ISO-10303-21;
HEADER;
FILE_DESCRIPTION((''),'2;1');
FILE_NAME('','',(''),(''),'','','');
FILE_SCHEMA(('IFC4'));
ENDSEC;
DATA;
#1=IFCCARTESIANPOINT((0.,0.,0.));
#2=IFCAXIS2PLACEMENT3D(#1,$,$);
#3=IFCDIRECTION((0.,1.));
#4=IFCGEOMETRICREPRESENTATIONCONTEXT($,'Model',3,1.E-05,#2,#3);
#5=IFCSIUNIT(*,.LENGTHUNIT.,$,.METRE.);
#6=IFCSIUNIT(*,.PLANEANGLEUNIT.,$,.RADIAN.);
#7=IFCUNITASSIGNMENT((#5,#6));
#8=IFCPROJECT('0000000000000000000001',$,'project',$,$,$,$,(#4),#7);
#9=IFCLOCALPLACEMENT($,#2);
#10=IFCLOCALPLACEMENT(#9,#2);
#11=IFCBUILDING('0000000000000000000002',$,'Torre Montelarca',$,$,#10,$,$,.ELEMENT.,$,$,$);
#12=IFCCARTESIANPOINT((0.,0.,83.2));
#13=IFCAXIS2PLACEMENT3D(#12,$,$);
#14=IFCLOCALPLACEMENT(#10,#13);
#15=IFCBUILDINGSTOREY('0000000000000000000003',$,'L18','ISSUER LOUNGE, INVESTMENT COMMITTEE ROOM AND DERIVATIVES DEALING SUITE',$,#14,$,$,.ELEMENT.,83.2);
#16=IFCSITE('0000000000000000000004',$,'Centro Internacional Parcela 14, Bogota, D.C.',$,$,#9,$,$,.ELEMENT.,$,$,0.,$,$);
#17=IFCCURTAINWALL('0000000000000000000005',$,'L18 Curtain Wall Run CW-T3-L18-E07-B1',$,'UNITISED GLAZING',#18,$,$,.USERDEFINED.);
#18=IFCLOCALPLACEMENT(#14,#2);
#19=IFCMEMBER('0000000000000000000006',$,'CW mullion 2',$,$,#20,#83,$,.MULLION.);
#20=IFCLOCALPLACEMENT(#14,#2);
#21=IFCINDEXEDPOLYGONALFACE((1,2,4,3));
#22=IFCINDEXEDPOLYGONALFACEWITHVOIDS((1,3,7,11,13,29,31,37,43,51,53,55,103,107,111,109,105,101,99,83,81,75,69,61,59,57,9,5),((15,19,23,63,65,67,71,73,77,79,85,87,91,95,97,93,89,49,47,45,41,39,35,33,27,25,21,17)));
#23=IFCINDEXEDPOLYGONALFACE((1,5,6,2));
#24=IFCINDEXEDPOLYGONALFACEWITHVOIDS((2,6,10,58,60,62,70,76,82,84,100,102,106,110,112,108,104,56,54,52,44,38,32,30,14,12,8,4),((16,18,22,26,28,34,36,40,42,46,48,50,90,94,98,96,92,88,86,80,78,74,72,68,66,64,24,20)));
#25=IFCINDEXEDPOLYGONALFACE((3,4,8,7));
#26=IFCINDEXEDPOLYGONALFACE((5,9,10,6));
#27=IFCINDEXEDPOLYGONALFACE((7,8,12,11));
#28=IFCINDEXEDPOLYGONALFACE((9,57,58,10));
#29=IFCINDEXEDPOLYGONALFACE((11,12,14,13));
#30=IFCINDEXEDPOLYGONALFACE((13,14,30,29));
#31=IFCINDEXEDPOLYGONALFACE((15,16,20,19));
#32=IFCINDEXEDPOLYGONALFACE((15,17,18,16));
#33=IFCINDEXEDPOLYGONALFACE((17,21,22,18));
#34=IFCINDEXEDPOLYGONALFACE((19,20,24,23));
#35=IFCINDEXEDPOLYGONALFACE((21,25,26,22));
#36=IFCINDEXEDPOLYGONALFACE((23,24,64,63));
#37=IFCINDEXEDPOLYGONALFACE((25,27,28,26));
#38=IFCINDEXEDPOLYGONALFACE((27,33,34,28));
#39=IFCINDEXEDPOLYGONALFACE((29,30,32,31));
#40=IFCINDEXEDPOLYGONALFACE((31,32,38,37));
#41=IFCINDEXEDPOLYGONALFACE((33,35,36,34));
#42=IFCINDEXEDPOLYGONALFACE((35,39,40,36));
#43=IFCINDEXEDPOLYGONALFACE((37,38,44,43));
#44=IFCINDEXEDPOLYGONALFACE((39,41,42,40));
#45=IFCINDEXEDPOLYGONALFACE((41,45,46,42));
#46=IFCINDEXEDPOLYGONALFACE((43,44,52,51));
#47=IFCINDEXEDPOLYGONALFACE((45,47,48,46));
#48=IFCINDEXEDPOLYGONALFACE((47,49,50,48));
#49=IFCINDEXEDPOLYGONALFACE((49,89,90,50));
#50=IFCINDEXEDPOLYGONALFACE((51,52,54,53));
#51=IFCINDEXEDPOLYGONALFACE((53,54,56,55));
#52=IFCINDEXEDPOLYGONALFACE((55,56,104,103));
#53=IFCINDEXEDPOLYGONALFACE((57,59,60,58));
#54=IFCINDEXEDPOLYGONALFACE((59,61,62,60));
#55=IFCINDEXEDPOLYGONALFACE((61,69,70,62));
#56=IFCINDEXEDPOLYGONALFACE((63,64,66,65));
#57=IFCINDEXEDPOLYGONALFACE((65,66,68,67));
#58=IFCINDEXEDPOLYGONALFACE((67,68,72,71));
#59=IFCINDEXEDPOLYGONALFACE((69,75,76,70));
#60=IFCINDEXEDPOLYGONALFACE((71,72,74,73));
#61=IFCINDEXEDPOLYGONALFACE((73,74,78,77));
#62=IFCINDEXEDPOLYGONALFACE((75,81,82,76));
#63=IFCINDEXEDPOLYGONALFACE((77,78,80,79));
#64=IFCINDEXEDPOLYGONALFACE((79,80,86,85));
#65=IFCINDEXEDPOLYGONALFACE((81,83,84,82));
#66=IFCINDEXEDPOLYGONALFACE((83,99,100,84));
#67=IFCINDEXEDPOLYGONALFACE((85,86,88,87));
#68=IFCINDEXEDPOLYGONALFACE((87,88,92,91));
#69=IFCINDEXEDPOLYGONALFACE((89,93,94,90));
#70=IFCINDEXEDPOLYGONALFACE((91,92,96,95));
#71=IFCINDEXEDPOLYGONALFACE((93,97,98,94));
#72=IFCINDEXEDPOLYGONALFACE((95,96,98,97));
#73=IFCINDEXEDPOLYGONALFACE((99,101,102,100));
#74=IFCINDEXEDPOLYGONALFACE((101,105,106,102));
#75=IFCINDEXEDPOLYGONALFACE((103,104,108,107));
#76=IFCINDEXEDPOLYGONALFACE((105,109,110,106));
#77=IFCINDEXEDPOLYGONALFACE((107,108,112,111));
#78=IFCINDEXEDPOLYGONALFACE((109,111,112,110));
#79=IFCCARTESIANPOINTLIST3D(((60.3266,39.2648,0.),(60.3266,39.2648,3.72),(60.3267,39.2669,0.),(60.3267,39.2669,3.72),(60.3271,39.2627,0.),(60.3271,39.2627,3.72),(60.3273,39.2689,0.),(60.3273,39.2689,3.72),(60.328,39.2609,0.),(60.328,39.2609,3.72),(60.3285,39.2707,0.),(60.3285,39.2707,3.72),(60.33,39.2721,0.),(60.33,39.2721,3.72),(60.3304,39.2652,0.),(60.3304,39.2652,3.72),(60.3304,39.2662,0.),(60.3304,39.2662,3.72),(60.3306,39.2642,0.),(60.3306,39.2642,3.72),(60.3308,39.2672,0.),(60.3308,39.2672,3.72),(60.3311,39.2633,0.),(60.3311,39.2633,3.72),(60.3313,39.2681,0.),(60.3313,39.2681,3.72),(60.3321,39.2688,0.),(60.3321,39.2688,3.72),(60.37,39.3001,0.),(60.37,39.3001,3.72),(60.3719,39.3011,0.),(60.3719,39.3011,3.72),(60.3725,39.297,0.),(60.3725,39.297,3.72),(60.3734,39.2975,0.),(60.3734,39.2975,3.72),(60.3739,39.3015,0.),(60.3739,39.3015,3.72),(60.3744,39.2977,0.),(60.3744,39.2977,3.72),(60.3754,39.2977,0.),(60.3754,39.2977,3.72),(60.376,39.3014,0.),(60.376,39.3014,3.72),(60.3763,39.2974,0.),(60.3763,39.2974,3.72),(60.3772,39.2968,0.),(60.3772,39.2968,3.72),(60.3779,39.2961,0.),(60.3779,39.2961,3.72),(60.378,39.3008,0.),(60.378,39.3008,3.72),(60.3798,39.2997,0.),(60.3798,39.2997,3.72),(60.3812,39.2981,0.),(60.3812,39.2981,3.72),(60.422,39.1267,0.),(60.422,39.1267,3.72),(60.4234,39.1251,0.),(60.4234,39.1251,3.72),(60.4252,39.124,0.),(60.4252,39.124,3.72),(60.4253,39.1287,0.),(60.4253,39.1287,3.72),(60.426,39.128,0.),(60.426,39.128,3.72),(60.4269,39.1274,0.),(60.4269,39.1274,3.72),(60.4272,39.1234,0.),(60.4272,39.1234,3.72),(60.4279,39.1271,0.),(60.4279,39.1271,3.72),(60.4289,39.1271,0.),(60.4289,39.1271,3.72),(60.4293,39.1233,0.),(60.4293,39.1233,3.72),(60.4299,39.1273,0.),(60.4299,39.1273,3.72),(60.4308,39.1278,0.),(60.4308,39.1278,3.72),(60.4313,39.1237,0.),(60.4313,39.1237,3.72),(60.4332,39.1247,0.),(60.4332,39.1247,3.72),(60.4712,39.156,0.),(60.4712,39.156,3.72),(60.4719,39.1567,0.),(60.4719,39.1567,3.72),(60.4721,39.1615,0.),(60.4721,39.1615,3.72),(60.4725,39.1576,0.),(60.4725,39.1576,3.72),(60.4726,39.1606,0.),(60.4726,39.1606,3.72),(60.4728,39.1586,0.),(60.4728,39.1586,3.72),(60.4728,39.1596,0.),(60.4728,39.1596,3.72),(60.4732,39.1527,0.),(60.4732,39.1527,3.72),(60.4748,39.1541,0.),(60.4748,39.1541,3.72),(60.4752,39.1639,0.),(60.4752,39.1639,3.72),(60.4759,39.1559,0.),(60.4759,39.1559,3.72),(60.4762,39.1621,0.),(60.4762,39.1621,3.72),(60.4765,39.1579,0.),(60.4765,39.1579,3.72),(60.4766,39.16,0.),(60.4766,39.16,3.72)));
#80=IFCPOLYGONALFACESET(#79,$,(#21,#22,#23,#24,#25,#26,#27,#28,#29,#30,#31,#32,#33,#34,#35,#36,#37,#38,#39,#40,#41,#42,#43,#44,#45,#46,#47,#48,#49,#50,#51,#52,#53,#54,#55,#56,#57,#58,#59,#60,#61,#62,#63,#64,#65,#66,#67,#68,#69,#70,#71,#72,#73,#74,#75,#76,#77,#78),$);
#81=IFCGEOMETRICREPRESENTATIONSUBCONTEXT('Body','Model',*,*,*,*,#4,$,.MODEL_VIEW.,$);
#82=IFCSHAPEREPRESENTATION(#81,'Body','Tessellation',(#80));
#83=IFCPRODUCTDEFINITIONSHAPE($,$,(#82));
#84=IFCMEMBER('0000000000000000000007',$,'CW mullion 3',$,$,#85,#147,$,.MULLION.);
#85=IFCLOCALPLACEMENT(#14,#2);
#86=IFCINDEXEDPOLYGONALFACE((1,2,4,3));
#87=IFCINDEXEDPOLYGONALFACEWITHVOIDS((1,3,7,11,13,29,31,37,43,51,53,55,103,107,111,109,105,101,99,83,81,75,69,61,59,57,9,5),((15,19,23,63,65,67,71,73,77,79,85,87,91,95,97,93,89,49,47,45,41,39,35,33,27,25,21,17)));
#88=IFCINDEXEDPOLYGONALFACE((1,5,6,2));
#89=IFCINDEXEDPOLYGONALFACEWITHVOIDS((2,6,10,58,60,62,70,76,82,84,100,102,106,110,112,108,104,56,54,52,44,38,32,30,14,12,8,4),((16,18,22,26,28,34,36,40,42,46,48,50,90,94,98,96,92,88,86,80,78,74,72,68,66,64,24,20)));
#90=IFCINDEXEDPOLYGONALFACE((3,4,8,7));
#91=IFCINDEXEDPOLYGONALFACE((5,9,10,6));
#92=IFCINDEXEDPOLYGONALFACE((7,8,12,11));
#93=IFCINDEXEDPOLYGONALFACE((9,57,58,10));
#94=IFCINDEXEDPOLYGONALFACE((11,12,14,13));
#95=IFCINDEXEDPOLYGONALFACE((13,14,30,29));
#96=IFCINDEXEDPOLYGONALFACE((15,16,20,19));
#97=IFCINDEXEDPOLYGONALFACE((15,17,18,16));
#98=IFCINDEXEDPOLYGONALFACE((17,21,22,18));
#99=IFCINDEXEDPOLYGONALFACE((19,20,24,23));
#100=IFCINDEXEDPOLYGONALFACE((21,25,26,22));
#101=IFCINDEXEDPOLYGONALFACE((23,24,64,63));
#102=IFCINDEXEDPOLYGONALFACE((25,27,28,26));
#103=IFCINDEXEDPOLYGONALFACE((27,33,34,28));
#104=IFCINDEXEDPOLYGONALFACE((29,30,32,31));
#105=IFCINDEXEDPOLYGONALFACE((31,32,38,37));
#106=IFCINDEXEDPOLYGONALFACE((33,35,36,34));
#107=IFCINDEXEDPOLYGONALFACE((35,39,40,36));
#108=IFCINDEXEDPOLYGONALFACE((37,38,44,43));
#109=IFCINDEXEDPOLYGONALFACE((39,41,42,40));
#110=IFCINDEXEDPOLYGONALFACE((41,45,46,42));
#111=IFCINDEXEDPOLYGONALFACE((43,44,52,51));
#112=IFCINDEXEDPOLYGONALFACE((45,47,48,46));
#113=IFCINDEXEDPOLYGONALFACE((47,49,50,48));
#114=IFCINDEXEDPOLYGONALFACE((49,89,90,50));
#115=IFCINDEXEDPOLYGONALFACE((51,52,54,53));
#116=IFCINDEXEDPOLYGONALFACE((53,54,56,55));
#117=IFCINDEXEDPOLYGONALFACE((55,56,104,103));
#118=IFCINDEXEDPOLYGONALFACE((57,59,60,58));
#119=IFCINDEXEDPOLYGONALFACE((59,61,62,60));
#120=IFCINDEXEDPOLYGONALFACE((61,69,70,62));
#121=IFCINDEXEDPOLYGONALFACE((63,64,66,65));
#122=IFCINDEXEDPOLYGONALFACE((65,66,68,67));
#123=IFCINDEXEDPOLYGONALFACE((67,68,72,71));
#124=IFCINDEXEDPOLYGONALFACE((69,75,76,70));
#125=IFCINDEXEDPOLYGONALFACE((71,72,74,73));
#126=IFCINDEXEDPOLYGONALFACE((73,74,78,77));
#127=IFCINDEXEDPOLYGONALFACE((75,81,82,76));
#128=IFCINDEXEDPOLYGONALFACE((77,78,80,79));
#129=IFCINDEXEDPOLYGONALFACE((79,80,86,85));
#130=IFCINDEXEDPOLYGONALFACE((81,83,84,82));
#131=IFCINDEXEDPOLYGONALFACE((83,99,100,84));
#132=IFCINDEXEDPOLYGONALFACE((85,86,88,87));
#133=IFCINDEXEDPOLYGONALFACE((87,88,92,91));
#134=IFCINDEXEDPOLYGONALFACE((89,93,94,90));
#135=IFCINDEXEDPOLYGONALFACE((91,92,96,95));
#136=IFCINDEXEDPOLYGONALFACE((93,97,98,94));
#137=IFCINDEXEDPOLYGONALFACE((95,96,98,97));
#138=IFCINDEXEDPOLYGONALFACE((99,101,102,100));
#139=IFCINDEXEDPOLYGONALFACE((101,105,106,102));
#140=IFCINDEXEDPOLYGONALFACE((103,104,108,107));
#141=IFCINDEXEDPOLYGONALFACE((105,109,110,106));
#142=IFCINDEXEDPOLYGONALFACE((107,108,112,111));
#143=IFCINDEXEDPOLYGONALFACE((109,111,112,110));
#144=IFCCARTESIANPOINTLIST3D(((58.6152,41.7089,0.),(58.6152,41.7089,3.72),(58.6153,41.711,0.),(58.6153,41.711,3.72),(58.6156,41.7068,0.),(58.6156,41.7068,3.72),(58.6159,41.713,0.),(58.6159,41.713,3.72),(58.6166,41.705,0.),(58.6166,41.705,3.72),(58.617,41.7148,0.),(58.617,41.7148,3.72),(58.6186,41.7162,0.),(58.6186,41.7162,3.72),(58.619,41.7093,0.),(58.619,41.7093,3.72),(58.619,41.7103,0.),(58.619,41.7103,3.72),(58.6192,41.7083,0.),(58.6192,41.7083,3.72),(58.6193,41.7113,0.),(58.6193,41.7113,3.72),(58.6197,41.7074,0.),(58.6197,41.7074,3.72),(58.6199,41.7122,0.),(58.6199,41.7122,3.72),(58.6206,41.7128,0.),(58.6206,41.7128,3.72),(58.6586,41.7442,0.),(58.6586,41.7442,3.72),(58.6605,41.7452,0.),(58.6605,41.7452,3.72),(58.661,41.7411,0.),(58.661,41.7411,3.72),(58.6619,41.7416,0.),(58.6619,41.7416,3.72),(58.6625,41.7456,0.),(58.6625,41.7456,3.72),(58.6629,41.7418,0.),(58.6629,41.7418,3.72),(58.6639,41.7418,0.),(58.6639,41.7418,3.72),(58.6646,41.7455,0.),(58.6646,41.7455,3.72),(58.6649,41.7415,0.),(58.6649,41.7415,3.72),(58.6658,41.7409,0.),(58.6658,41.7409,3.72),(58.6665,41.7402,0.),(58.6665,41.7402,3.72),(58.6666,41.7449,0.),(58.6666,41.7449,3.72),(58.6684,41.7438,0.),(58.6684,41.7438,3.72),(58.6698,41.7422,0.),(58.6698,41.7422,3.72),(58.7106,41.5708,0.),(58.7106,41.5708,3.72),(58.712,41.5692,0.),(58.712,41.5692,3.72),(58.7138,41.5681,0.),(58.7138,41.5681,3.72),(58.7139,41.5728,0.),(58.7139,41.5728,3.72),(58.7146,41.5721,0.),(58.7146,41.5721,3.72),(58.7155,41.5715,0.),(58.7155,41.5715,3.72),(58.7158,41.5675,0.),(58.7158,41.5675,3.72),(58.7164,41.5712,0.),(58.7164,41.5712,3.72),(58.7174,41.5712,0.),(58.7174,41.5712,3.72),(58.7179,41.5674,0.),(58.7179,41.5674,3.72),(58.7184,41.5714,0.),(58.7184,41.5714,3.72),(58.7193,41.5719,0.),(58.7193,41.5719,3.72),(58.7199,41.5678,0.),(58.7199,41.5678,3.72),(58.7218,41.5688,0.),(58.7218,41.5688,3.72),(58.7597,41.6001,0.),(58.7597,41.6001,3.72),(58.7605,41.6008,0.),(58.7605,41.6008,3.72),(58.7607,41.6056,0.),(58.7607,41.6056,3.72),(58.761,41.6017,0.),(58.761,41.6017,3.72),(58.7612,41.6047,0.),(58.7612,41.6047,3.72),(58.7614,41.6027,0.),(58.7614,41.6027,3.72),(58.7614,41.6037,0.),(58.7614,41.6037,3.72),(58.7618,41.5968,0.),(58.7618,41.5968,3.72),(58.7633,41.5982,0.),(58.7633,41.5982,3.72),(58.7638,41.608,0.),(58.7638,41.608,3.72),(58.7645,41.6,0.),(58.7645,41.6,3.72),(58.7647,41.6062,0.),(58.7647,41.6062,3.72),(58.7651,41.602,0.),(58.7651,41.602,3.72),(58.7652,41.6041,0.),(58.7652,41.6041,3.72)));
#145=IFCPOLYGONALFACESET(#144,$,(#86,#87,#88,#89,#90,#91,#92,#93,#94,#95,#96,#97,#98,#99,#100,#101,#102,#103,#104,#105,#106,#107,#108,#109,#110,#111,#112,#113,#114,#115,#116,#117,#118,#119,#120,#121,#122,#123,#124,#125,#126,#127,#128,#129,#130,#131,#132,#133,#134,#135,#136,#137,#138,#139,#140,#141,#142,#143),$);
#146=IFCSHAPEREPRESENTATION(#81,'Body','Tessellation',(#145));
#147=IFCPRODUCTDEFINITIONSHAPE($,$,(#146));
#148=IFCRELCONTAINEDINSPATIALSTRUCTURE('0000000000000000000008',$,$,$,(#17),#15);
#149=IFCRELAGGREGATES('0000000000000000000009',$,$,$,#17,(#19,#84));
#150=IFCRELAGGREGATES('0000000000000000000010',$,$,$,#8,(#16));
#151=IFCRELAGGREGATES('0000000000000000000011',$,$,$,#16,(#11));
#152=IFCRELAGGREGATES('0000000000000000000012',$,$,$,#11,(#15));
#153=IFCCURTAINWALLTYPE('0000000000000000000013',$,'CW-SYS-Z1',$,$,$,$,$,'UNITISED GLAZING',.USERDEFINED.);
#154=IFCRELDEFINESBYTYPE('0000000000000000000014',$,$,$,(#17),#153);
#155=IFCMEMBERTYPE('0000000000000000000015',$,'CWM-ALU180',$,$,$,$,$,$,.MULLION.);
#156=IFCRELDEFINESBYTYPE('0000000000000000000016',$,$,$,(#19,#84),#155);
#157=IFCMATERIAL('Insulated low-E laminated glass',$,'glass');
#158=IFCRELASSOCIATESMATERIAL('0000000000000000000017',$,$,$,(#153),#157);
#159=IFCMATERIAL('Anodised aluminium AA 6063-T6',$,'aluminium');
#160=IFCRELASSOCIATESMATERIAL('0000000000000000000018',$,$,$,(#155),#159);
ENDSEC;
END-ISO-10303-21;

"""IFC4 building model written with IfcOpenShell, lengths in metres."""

from ifc_helpers import new_model, si_unit, direction, frame, origin, origin_2d, place, context, subcontext, project, spatial, hollow_rectangle, extrude, source, transform, mapped, material, material_profile, profile_set, type_object, element, aggregate, save


model = new_model("IFC4")

# Units and contexts
model_context = context("Model", 3, precision=1e-05, world=origin(), true_north=direction((0.0, 1.0)))
body_context = subcontext(model_context, "Body", "Model", "MODEL_VIEW")
ifc_project = project(units=[si_unit("LENGTHUNIT", "METRE"), si_unit("PLANEANGLEUNIT", "RADIAN")], contexts=[model_context])

# Site, building, storey
site_placement = place(None, origin())
site = spatial("IfcSite", under=ifc_project, at=site_placement, Name="Centro Internacional Parcela 14, Bogota, D.C.", CompositionType="ELEMENT", RefElevation=0.0)
building_placement = place(site_placement, origin())
building = spatial("IfcBuilding", under=site, at=building_placement, Name="Torre Montelarca", CompositionType="ELEMENT")
storey_placement = place(building_placement, frame((0.0, 0.0, 83.2)))
storey = spatial("IfcBuildingStorey", under=building, at=storey_placement, Name="L18", Description="ISSUER LOUNGE, INVESTMENT COMMITTEE ROOM AND DERIVATIVES DEALING SUITE", CompositionType="ELEMENT", Elevation=83.2)

# Curtain wall
ifc_material_1 = material(Name="Insulated low-E laminated glass", Category="glass")
curtain_wall_type = type_object("IfcCurtainWallType", Name="CW-SYS-Z1", ElementType="UNITISED GLAZING", PredefinedType="USERDEFINED", material=ifc_material_1)
curtain_wall_1_placement = place(storey_placement, origin())
curtain_wall_1 = element("IfcCurtainWall", 1, at=curtain_wall_1_placement, inside=storey, type_object=curtain_wall_type, Name="L18 Curtain Wall Run CW-T3-L18-E07-B1", ObjectType="UNITISED GLAZING", PredefinedType="USERDEFINED")
ifc_material_2 = material(Name="Anodised aluminium AA 6063-T6", Category="aluminium")

# Members
ifc_material_profile_1 = material_profile(ifc_material_2, hollow_rectangle(XDim=0.0649, YDim=0.1799, WallThickness=0.0039, InnerFilletRadius=0.0039, OuterFilletRadius=0.0081, at=origin_2d()), Name="ALU65X180X4", Category="aluminium")
ifc_profile_set_1 = profile_set([ifc_material_profile_1], Name="Anodised aluminium AA 6063-T6")
member_type_1 = type_object("IfcMemberType", Name="CWM-ALU180", PredefinedType="MULLION", material=ifc_profile_set_1)
shared_shape_1 = source(origin(), body_context, "Body", "SweptSolid", [
    extrude(hollow_rectangle(XDim=0.0649, YDim=0.1799, WallThickness=0.0039, InnerFilletRadius=0.0039, OuterFilletRadius=0.0081, at=origin_2d()), origin(), (0.0, 0.0, 1.0), 3.72),
])
member_1_placement = place(storey_placement, frame((60.4016, 39.2124, 0.0), z_axis=(0.0, 0.0, 1.0), x_axis=(-0.819174, -0.573546, 0.0)))
member_1 = element("IfcMember", 2, at=member_1_placement, type_object=member_type_1, Name="CW mullion 2", PredefinedType="MULLION", context=body_context, shape_type="MappedRepresentation", body=[
    mapped(shared_shape_1, transform((0.0, 0.0, 0.0), scale=1.0)),
])
member_2_placement = place(storey_placement, frame((58.6902, 41.6565, 0.0), z_axis=(0.0, 0.0, 1.0), x_axis=(-0.819174, -0.573546, 0.0)))
member_2 = element("IfcMember", 3, at=member_2_placement, type_object=member_type_1, Name="CW mullion 3", PredefinedType="MULLION", context=body_context, shape_type="MappedRepresentation", body=[
    mapped(shared_shape_1, transform((0.0, 0.0, 0.0), scale=1.0)),
])

aggregate(curtain_wall_1, [member_1, member_2])

save(model, "model.ifc")
